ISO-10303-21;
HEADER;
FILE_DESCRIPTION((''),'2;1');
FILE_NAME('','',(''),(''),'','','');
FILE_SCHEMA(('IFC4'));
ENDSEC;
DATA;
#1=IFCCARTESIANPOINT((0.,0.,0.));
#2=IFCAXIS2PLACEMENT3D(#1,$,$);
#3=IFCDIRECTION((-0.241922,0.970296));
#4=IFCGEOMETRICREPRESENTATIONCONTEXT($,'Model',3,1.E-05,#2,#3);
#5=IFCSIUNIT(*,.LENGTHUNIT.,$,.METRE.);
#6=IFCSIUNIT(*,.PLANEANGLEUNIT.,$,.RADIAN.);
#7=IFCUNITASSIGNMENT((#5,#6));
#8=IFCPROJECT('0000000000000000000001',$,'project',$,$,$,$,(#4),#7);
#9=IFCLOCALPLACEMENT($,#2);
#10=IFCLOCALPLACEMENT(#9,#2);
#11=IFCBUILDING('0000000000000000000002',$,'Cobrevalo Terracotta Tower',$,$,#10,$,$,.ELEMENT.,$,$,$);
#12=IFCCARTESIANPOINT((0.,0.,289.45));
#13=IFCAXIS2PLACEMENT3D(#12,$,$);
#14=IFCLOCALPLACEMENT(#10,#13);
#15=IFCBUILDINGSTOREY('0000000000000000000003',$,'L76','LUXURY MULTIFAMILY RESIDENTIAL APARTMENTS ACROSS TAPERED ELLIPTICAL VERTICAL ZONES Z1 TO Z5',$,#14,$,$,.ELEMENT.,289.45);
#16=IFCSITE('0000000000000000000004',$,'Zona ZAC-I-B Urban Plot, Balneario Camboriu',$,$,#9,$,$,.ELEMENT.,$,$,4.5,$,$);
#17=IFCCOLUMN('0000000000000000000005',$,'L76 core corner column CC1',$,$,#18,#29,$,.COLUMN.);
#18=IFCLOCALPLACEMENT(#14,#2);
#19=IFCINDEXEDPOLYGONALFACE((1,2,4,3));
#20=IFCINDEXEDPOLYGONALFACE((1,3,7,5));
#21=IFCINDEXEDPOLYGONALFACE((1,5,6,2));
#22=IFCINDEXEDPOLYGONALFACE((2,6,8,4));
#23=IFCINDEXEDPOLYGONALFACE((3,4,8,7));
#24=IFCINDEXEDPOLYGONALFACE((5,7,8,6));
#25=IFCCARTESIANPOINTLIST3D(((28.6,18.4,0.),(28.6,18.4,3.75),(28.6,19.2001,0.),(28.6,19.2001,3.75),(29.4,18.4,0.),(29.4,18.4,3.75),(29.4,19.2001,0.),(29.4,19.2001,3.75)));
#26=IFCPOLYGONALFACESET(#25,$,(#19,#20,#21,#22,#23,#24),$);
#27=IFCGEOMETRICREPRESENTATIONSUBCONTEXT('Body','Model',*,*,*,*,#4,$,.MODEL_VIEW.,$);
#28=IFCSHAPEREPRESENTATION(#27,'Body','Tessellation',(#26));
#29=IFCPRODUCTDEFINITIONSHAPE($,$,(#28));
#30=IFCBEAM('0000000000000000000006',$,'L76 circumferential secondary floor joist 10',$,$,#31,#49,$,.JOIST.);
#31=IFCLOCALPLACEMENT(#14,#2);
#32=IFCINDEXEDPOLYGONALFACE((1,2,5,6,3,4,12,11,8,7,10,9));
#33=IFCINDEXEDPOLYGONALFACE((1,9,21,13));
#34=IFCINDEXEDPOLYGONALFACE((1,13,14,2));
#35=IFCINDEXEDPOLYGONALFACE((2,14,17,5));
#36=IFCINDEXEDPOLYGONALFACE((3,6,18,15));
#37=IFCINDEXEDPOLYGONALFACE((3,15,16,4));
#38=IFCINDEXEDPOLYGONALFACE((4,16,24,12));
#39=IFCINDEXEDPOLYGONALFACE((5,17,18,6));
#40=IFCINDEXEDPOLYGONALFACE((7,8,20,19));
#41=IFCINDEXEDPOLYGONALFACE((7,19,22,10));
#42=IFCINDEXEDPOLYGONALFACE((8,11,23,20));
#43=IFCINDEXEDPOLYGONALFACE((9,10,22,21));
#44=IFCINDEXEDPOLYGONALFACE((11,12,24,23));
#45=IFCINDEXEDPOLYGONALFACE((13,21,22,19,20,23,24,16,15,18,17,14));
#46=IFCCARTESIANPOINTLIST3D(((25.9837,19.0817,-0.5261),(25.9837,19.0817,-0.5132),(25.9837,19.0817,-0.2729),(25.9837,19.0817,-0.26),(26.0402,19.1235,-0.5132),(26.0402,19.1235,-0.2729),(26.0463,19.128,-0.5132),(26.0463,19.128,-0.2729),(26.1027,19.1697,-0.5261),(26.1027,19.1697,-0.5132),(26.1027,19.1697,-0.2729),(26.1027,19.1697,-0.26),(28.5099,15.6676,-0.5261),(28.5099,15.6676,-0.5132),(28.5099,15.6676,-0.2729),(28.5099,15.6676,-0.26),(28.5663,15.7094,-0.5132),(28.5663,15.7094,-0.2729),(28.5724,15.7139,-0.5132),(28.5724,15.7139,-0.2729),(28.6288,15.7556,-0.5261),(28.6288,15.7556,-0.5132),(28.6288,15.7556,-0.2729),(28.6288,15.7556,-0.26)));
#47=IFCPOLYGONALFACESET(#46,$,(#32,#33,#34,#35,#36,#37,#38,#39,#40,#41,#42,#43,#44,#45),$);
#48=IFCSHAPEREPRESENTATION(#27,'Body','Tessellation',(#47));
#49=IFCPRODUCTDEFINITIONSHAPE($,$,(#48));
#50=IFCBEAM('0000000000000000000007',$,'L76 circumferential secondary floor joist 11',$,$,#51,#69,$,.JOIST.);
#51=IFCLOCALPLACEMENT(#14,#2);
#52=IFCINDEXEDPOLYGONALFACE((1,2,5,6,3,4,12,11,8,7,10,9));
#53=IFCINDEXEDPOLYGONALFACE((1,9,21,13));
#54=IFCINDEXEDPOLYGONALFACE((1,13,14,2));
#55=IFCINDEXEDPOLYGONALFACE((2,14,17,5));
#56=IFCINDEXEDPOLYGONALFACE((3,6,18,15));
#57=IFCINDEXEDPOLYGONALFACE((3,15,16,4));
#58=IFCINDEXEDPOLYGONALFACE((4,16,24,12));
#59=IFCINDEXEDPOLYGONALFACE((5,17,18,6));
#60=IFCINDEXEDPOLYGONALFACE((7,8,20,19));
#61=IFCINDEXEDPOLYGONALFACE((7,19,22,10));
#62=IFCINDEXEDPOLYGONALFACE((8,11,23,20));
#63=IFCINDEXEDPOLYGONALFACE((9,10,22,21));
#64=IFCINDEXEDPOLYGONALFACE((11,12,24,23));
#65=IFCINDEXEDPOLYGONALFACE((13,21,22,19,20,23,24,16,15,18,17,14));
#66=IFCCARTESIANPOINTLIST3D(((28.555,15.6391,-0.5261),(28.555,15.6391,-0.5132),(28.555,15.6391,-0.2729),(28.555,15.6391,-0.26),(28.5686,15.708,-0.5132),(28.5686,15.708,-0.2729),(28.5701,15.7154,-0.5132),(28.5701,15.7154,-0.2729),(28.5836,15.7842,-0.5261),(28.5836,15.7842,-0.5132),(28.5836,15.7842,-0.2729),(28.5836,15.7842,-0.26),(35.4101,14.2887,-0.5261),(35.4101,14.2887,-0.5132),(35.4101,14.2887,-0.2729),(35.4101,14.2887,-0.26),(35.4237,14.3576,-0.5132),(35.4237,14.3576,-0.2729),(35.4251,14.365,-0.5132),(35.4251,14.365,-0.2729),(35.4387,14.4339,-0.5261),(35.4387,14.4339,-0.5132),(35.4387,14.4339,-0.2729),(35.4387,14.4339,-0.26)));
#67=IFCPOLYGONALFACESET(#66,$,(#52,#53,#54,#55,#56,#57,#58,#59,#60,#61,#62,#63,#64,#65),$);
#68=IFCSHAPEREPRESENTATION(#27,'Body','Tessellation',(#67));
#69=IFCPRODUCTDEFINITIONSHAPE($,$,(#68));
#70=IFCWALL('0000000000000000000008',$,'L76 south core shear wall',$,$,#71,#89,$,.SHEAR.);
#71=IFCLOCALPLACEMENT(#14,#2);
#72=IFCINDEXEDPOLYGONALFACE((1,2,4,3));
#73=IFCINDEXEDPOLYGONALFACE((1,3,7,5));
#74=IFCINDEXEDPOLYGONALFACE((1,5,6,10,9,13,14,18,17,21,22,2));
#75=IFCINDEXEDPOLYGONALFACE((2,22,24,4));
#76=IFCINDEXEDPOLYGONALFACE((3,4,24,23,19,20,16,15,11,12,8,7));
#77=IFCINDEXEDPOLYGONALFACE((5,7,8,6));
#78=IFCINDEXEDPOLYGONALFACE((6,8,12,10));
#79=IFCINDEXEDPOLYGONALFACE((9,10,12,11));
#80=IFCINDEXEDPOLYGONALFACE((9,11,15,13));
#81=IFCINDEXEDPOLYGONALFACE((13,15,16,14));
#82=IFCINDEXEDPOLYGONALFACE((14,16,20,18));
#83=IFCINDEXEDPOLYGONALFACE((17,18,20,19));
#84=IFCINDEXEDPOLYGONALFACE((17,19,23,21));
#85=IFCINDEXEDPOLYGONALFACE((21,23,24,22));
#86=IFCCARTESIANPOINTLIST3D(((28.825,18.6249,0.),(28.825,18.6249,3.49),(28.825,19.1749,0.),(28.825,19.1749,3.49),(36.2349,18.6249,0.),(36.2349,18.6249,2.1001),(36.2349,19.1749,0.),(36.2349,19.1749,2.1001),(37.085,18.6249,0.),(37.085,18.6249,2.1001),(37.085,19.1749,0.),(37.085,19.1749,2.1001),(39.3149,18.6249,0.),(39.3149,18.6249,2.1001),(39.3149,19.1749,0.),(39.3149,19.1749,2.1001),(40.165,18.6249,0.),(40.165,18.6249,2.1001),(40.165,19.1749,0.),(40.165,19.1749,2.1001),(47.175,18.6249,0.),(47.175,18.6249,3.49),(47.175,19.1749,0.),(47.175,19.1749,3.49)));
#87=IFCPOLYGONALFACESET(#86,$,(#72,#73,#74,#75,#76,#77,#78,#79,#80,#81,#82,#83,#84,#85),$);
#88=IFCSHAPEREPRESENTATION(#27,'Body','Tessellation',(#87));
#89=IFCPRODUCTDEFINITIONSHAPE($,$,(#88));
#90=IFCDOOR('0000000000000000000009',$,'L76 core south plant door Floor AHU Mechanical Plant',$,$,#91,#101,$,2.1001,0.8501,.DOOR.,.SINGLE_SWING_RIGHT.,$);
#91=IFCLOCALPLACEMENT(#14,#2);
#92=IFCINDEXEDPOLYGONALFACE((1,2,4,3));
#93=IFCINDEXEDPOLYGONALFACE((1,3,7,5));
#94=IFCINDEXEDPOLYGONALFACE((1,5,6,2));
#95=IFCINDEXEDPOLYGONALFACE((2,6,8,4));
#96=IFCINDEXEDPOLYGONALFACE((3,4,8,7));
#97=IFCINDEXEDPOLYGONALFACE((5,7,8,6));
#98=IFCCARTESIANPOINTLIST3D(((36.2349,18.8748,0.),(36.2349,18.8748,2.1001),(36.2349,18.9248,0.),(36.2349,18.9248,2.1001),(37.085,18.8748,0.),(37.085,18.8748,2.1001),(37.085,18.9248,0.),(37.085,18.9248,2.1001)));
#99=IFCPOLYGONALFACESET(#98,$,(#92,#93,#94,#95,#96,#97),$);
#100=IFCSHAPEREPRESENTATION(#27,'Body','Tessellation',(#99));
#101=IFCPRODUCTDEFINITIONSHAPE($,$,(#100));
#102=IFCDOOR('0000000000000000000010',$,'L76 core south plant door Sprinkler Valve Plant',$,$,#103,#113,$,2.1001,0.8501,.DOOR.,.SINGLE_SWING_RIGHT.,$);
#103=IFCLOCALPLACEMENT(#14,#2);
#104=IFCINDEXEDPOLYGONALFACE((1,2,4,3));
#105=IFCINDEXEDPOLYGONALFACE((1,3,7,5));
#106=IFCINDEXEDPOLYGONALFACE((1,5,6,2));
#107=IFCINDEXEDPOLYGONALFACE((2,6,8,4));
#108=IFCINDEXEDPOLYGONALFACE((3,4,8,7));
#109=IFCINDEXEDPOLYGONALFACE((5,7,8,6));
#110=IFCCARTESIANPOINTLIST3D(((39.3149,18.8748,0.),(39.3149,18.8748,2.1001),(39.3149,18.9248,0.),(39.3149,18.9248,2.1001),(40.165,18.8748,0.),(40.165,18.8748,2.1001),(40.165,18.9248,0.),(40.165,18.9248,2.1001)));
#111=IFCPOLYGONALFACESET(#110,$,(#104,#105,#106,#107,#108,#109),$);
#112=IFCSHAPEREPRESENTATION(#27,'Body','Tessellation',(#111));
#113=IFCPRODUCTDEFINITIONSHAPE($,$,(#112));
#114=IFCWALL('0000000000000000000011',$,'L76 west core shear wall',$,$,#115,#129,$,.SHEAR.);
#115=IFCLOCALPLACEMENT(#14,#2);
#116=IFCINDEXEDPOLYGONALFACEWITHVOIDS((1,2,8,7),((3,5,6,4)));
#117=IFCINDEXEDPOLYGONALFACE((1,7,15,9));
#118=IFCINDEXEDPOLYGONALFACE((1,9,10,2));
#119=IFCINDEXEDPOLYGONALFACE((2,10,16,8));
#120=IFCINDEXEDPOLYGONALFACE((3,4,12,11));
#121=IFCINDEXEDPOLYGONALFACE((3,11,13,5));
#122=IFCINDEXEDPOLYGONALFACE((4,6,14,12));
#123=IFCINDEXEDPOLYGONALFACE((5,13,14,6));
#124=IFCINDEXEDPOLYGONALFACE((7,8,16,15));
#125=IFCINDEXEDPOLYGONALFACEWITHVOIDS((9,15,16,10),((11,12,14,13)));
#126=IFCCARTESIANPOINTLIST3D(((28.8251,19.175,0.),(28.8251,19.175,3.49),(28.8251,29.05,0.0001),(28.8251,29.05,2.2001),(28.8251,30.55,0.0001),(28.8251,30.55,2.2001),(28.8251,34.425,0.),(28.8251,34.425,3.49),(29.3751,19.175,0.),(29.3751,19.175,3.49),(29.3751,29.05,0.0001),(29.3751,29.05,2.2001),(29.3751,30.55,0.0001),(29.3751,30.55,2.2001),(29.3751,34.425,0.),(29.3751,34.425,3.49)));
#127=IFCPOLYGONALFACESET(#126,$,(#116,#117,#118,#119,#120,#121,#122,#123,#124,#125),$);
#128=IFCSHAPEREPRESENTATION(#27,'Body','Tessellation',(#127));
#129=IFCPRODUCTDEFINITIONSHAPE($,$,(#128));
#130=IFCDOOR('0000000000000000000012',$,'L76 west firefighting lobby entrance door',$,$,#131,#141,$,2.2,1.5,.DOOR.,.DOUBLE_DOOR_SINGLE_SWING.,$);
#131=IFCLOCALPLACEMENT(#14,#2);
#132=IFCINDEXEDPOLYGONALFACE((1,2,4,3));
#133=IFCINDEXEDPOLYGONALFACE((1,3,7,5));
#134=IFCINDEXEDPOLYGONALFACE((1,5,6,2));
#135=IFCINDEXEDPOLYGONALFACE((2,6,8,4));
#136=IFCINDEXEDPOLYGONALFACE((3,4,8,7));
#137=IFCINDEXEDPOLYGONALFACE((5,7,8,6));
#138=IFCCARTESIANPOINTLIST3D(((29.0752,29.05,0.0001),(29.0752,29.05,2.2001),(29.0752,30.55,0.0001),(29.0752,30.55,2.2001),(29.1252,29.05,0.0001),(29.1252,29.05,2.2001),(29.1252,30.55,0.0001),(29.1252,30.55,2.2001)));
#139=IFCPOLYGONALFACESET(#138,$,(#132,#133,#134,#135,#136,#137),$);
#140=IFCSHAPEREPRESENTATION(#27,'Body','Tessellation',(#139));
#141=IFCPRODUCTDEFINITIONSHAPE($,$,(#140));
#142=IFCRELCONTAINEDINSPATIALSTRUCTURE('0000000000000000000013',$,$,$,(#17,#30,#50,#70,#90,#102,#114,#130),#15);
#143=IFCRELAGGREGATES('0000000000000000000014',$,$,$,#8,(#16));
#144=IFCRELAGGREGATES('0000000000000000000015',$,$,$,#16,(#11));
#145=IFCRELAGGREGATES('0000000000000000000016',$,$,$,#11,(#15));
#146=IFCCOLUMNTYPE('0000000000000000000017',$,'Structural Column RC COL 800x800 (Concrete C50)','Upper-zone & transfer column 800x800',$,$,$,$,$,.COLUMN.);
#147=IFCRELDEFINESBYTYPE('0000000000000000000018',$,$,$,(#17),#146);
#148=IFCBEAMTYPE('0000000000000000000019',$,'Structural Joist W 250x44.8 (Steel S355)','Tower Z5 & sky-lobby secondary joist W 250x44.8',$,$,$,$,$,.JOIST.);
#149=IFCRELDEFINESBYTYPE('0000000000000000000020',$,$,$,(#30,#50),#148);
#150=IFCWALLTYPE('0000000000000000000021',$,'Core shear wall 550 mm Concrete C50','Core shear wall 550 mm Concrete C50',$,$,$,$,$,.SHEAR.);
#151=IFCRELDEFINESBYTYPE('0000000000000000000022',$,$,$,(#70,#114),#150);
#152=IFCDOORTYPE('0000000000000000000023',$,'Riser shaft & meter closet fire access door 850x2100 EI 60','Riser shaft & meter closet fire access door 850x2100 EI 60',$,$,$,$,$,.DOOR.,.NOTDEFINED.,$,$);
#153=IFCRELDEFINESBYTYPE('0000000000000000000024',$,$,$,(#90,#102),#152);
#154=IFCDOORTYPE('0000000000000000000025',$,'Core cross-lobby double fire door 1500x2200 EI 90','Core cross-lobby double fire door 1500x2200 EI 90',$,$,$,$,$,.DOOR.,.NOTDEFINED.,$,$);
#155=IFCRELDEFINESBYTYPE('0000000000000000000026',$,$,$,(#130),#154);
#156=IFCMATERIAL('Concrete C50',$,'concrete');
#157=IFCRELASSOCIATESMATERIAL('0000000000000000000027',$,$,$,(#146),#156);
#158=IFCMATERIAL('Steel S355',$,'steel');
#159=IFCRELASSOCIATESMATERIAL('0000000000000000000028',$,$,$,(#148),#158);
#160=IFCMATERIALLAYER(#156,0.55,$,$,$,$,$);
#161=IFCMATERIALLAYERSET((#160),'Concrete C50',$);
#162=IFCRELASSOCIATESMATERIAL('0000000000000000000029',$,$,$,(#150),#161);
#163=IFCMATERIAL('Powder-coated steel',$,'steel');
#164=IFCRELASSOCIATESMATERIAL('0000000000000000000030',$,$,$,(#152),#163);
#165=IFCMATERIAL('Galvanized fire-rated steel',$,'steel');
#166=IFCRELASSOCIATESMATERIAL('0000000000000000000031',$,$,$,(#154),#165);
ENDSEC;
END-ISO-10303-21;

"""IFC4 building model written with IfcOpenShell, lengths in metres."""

from ifc_helpers import new_model, si_unit, direction, frame, frame_2d, origin, origin_2d, place, context, subcontext, project, spatial, rectangle, i_section, extrude, source, transform, mapped, material, layer, layer_set, material_profile, profile_set, type_object, element, fill, save


model = new_model("IFC4")

# Units and contexts
model_context = context("Model", 3, precision=1e-05, world=origin(), true_north=direction((-0.241922, 0.970296)))
body_context = subcontext(model_context, "Body", "Model", "MODEL_VIEW")
ifc_project = project(units=[si_unit("LENGTHUNIT", "METRE"), si_unit("PLANEANGLEUNIT", "RADIAN")], contexts=[model_context])

# Site, building, storey
site_placement = place(None, origin())
site = spatial("IfcSite", under=ifc_project, at=site_placement, Name="Zona ZAC-I-B Urban Plot, Balneario Camboriu", CompositionType="ELEMENT", RefElevation=4.5)
building_placement = place(site_placement, origin())
building = spatial("IfcBuilding", under=site, at=building_placement, Name="Cobrevalo Terracotta Tower", CompositionType="ELEMENT")
storey_placement = place(building_placement, frame((0.0, 0.0, 289.45)))
storey = spatial("IfcBuildingStorey", under=building, at=storey_placement, Name="L76", Description="LUXURY MULTIFAMILY RESIDENTIAL APARTMENTS ACROSS TAPERED ELLIPTICAL VERTICAL ZONES Z1 TO Z5", CompositionType="ELEMENT", Elevation=289.45)

# Column
ifc_material_1 = material(Name="Concrete C50", Category="concrete")
ifc_material_profile_1 = material_profile(ifc_material_1, rectangle(XDim=0.8, YDim=0.8, at=origin_2d()), Name="RC COL 800x800")
ifc_profile_set_1 = profile_set([ifc_material_profile_1], Name="Concrete C50")
column_type = type_object("IfcColumnType", Name="Structural Column RC COL 800x800 (Concrete C50)", Description="Upper-zone & transfer column 800x800", PredefinedType="COLUMN", material=ifc_profile_set_1)
column_placement = place(storey_placement, frame((29.0, 18.8, 0.0), z_axis=(0.0, 0.0, 1.0), x_axis=(1.0, 0.0, 0.0)))
element("IfcColumn", 1, at=column_placement, inside=storey, type_object=column_type, Name="L76 core corner column CC1", PredefinedType="COLUMN", context=body_context, shape_type="SweptSolid", body=[
    extrude(rectangle(XDim=0.8, YDim=0.8, at=origin_2d()), origin(), (0.0, 0.0, 1.0), 3.75),
])

# Beams
ifc_material_2 = material(Name="Steel S355", Category="steel")
ifc_material_profile_2 = material_profile(ifc_material_2, i_section(OverallWidth=0.1479, OverallDepth=0.2661, WebThickness=0.0076, FlangeThickness=0.0129, at=origin_2d()), Name="W 250x44.8")
ifc_profile_set_2 = profile_set([ifc_material_profile_2], Name="Steel S355")
beam_type = type_object("IfcBeamType", Name="Structural Joist W 250x44.8 (Steel S355)", Description="Tower Z5 & sky-lobby secondary joist W 250x44.8", PredefinedType="JOIST", material=ifc_profile_set_2)
beam_1_placement = place(storey_placement, frame((26.0432, 19.1257, -0.3931), z_axis=(0.5948, -0.803874, 0.0), x_axis=(0.803874, 0.5948, 0.0)))
element("IfcBeam", 2, at=beam_1_placement, inside=storey, type_object=beam_type, Name="L76 circumferential secondary floor joist 10", PredefinedType="JOIST", context=body_context, shape_type="SweptSolid", body=[
    extrude(i_section(OverallWidth=0.1479, OverallDepth=0.2661, WebThickness=0.0076, FlangeThickness=0.0129, at=origin_2d()), origin(), (0.0, 0.0, 1.0), 4.2471),
])
beam_2_placement = place(storey_placement, frame((28.5693, 15.7117, -0.3931), z_axis=(0.981145, -0.193273, 0.0), x_axis=(0.193273, 0.981145, 0.0)))
element("IfcBeam", 3, at=beam_2_placement, inside=storey, type_object=beam_type, Name="L76 circumferential secondary floor joist 11", PredefinedType="JOIST", context=body_context, shape_type="SweptSolid", body=[
    extrude(i_section(OverallWidth=0.1479, OverallDepth=0.2661, WebThickness=0.0076, FlangeThickness=0.0129, at=origin_2d()), origin(), (0.0, 0.0, 1.0), 6.9868),
])

# Wall, openings, doors
ifc_layer_1 = layer(ifc_material_1, 0.55)
ifc_layer_set_1 = layer_set([ifc_layer_1], Name="Concrete C50")
wall_type_1 = type_object("IfcWallType", Name="Core shear wall 550 mm Concrete C50", Description="Core shear wall 550 mm Concrete C50", PredefinedType="SHEAR", material=ifc_layer_set_1)
wall_1_placement = place(storey_placement, frame((28.825, 18.8999, 0.0), z_axis=(0.0, 0.0, 1.0), x_axis=(1.0, 0.0, 0.0)))
wall_1 = element("IfcWall", 4, at=wall_1_placement, inside=storey, type_object=wall_type_1, Name="L76 south core shear wall", PredefinedType="SHEAR", context=body_context, shape_type="SweptSolid", body=[
    extrude(rectangle(XDim=18.3501, YDim=0.55, at=frame_2d((9.175, 0.0))), origin(), (0.0, 0.0, 1.0), 3.49),
])
opening_1_placement = place(wall_1_placement, frame((7.4099, 0.0, 0.0)))
opening_1 = element("IfcOpeningElement", 5, at=opening_1_placement, cuts=wall_1, PredefinedType="OPENING", context=body_context, shape_type="SweptSolid", body=[
    extrude(rectangle(XDim=0.8501, YDim=2.1001, at=frame_2d((0.425, 1.05))), frame((0.0, 0.2852, 0.0), z_axis=(0.0, -1.0, 0.0), x_axis=(1.0, 0.0, 0.0)), (0.0, 0.0, 1.0), 0.5701),
])
opening_2_placement = place(wall_1_placement, frame((10.49, 0.0, 0.0)))
opening_2 = element("IfcOpeningElement", 6, at=opening_2_placement, cuts=wall_1, PredefinedType="OPENING", context=body_context, shape_type="SweptSolid", body=[
    extrude(rectangle(XDim=0.8501, YDim=2.1001, at=frame_2d((0.425, 1.05))), frame((0.0, 0.2852, 0.0), z_axis=(0.0, -1.0, 0.0), x_axis=(1.0, 0.0, 0.0)), (0.0, 0.0, 1.0), 0.5701),
])
ifc_material_3 = material(Name="Powder-coated steel", Category="steel")
door_type_1 = type_object("IfcDoorType", Name="Riser shaft & meter closet fire access door 850x2100 EI 60", Description="Riser shaft & meter closet fire access door 850x2100 EI 60", OperationType="NOTDEFINED", PredefinedType="DOOR", material=ifc_material_3)
shared_shape_1 = source(origin(), body_context, "Body", "SweptSolid", [
    extrude(rectangle(XDim=0.8501, YDim=2.1001, at=frame_2d((0.425, 1.05))), frame((0.0, 0.0249, 0.0), z_axis=(0.0, -1.0, 0.0), x_axis=(1.0, 0.0, 0.0)), (0.0, 0.0, 1.0), 0.05),
])
door_1_placement = place(opening_1_placement, origin())
door_1 = element("IfcDoor", 7, at=door_1_placement, inside=storey, type_object=door_type_1, Name="L76 core south plant door Floor AHU Mechanical Plant", OperationType="SINGLE_SWING_RIGHT", OverallHeight=2.1001, OverallWidth=0.8501, PredefinedType="DOOR", context=body_context, shape_type="MappedRepresentation", body=[
    mapped(shared_shape_1, transform((0.0, 0.0, 0.0), scale=1.0)),
])
fill(opening_1, door_1)
door_2_placement = place(opening_2_placement, origin())
door_2 = element("IfcDoor", 8, at=door_2_placement, inside=storey, type_object=door_type_1, Name="L76 core south plant door Sprinkler Valve Plant", OperationType="SINGLE_SWING_RIGHT", OverallHeight=2.1001, OverallWidth=0.8501, PredefinedType="DOOR", context=body_context, shape_type="MappedRepresentation", body=[
    mapped(shared_shape_1, transform((0.0, 0.0, 0.0), scale=1.0)),
])
fill(opening_2, door_2)

# Wall, opening, door
wall_2_placement = place(storey_placement, frame((29.1001, 19.175, 0.0), z_axis=(0.0, 0.0, 1.0), x_axis=(0.0, 1.0, 0.0)))
wall_2 = element("IfcWall", 9, at=wall_2_placement, inside=storey, type_object=wall_type_1, Name="L76 west core shear wall", PredefinedType="SHEAR", context=body_context, shape_type="SweptSolid", body=[
    extrude(rectangle(XDim=15.25, YDim=0.55, at=frame_2d((7.625, 0.0))), origin(), (0.0, 0.0, 1.0), 3.49),
])
opening_3_placement = place(wall_2_placement, frame((9.875, 0.0, 0.0)))
opening_3 = element("IfcOpeningElement", 10, at=opening_3_placement, cuts=wall_2, PredefinedType="OPENING", context=body_context, shape_type="SweptSolid", body=[
    extrude(rectangle(XDim=1.5, YDim=2.2, at=frame_2d((0.75, 1.1001))), frame((0.0, 0.2852, 0.0), z_axis=(0.0, -1.0, 0.0), x_axis=(1.0, 0.0, 0.0)), (0.0, 0.0, 1.0), 0.5701),
])
ifc_material_4 = material(Name="Galvanized fire-rated steel", Category="steel")
door_type_2 = type_object("IfcDoorType", Name="Core cross-lobby double fire door 1500x2200 EI 90", Description="Core cross-lobby double fire door 1500x2200 EI 90", OperationType="NOTDEFINED", PredefinedType="DOOR", material=ifc_material_4)
shared_shape_2 = source(origin(), body_context, "Body", "SweptSolid", [
    extrude(rectangle(XDim=1.5, YDim=2.2, at=frame_2d((0.75, 1.1001))), frame((0.0, 0.0249, 0.0), z_axis=(0.0, -1.0, 0.0), x_axis=(1.0, 0.0, 0.0)), (0.0, 0.0, 1.0), 0.05),
])
door_3_placement = place(opening_3_placement, origin())
door_3 = element("IfcDoor", 11, at=door_3_placement, inside=storey, type_object=door_type_2, Name="L76 west firefighting lobby entrance door", OperationType="DOUBLE_DOOR_SINGLE_SWING", OverallHeight=2.2, OverallWidth=1.5, PredefinedType="DOOR", context=body_context, shape_type="MappedRepresentation", body=[
    mapped(shared_shape_2, transform((0.0, 0.0, 0.0), scale=1.0)),
])
fill(opening_3, door_3)

save(model, "model.ifc")
